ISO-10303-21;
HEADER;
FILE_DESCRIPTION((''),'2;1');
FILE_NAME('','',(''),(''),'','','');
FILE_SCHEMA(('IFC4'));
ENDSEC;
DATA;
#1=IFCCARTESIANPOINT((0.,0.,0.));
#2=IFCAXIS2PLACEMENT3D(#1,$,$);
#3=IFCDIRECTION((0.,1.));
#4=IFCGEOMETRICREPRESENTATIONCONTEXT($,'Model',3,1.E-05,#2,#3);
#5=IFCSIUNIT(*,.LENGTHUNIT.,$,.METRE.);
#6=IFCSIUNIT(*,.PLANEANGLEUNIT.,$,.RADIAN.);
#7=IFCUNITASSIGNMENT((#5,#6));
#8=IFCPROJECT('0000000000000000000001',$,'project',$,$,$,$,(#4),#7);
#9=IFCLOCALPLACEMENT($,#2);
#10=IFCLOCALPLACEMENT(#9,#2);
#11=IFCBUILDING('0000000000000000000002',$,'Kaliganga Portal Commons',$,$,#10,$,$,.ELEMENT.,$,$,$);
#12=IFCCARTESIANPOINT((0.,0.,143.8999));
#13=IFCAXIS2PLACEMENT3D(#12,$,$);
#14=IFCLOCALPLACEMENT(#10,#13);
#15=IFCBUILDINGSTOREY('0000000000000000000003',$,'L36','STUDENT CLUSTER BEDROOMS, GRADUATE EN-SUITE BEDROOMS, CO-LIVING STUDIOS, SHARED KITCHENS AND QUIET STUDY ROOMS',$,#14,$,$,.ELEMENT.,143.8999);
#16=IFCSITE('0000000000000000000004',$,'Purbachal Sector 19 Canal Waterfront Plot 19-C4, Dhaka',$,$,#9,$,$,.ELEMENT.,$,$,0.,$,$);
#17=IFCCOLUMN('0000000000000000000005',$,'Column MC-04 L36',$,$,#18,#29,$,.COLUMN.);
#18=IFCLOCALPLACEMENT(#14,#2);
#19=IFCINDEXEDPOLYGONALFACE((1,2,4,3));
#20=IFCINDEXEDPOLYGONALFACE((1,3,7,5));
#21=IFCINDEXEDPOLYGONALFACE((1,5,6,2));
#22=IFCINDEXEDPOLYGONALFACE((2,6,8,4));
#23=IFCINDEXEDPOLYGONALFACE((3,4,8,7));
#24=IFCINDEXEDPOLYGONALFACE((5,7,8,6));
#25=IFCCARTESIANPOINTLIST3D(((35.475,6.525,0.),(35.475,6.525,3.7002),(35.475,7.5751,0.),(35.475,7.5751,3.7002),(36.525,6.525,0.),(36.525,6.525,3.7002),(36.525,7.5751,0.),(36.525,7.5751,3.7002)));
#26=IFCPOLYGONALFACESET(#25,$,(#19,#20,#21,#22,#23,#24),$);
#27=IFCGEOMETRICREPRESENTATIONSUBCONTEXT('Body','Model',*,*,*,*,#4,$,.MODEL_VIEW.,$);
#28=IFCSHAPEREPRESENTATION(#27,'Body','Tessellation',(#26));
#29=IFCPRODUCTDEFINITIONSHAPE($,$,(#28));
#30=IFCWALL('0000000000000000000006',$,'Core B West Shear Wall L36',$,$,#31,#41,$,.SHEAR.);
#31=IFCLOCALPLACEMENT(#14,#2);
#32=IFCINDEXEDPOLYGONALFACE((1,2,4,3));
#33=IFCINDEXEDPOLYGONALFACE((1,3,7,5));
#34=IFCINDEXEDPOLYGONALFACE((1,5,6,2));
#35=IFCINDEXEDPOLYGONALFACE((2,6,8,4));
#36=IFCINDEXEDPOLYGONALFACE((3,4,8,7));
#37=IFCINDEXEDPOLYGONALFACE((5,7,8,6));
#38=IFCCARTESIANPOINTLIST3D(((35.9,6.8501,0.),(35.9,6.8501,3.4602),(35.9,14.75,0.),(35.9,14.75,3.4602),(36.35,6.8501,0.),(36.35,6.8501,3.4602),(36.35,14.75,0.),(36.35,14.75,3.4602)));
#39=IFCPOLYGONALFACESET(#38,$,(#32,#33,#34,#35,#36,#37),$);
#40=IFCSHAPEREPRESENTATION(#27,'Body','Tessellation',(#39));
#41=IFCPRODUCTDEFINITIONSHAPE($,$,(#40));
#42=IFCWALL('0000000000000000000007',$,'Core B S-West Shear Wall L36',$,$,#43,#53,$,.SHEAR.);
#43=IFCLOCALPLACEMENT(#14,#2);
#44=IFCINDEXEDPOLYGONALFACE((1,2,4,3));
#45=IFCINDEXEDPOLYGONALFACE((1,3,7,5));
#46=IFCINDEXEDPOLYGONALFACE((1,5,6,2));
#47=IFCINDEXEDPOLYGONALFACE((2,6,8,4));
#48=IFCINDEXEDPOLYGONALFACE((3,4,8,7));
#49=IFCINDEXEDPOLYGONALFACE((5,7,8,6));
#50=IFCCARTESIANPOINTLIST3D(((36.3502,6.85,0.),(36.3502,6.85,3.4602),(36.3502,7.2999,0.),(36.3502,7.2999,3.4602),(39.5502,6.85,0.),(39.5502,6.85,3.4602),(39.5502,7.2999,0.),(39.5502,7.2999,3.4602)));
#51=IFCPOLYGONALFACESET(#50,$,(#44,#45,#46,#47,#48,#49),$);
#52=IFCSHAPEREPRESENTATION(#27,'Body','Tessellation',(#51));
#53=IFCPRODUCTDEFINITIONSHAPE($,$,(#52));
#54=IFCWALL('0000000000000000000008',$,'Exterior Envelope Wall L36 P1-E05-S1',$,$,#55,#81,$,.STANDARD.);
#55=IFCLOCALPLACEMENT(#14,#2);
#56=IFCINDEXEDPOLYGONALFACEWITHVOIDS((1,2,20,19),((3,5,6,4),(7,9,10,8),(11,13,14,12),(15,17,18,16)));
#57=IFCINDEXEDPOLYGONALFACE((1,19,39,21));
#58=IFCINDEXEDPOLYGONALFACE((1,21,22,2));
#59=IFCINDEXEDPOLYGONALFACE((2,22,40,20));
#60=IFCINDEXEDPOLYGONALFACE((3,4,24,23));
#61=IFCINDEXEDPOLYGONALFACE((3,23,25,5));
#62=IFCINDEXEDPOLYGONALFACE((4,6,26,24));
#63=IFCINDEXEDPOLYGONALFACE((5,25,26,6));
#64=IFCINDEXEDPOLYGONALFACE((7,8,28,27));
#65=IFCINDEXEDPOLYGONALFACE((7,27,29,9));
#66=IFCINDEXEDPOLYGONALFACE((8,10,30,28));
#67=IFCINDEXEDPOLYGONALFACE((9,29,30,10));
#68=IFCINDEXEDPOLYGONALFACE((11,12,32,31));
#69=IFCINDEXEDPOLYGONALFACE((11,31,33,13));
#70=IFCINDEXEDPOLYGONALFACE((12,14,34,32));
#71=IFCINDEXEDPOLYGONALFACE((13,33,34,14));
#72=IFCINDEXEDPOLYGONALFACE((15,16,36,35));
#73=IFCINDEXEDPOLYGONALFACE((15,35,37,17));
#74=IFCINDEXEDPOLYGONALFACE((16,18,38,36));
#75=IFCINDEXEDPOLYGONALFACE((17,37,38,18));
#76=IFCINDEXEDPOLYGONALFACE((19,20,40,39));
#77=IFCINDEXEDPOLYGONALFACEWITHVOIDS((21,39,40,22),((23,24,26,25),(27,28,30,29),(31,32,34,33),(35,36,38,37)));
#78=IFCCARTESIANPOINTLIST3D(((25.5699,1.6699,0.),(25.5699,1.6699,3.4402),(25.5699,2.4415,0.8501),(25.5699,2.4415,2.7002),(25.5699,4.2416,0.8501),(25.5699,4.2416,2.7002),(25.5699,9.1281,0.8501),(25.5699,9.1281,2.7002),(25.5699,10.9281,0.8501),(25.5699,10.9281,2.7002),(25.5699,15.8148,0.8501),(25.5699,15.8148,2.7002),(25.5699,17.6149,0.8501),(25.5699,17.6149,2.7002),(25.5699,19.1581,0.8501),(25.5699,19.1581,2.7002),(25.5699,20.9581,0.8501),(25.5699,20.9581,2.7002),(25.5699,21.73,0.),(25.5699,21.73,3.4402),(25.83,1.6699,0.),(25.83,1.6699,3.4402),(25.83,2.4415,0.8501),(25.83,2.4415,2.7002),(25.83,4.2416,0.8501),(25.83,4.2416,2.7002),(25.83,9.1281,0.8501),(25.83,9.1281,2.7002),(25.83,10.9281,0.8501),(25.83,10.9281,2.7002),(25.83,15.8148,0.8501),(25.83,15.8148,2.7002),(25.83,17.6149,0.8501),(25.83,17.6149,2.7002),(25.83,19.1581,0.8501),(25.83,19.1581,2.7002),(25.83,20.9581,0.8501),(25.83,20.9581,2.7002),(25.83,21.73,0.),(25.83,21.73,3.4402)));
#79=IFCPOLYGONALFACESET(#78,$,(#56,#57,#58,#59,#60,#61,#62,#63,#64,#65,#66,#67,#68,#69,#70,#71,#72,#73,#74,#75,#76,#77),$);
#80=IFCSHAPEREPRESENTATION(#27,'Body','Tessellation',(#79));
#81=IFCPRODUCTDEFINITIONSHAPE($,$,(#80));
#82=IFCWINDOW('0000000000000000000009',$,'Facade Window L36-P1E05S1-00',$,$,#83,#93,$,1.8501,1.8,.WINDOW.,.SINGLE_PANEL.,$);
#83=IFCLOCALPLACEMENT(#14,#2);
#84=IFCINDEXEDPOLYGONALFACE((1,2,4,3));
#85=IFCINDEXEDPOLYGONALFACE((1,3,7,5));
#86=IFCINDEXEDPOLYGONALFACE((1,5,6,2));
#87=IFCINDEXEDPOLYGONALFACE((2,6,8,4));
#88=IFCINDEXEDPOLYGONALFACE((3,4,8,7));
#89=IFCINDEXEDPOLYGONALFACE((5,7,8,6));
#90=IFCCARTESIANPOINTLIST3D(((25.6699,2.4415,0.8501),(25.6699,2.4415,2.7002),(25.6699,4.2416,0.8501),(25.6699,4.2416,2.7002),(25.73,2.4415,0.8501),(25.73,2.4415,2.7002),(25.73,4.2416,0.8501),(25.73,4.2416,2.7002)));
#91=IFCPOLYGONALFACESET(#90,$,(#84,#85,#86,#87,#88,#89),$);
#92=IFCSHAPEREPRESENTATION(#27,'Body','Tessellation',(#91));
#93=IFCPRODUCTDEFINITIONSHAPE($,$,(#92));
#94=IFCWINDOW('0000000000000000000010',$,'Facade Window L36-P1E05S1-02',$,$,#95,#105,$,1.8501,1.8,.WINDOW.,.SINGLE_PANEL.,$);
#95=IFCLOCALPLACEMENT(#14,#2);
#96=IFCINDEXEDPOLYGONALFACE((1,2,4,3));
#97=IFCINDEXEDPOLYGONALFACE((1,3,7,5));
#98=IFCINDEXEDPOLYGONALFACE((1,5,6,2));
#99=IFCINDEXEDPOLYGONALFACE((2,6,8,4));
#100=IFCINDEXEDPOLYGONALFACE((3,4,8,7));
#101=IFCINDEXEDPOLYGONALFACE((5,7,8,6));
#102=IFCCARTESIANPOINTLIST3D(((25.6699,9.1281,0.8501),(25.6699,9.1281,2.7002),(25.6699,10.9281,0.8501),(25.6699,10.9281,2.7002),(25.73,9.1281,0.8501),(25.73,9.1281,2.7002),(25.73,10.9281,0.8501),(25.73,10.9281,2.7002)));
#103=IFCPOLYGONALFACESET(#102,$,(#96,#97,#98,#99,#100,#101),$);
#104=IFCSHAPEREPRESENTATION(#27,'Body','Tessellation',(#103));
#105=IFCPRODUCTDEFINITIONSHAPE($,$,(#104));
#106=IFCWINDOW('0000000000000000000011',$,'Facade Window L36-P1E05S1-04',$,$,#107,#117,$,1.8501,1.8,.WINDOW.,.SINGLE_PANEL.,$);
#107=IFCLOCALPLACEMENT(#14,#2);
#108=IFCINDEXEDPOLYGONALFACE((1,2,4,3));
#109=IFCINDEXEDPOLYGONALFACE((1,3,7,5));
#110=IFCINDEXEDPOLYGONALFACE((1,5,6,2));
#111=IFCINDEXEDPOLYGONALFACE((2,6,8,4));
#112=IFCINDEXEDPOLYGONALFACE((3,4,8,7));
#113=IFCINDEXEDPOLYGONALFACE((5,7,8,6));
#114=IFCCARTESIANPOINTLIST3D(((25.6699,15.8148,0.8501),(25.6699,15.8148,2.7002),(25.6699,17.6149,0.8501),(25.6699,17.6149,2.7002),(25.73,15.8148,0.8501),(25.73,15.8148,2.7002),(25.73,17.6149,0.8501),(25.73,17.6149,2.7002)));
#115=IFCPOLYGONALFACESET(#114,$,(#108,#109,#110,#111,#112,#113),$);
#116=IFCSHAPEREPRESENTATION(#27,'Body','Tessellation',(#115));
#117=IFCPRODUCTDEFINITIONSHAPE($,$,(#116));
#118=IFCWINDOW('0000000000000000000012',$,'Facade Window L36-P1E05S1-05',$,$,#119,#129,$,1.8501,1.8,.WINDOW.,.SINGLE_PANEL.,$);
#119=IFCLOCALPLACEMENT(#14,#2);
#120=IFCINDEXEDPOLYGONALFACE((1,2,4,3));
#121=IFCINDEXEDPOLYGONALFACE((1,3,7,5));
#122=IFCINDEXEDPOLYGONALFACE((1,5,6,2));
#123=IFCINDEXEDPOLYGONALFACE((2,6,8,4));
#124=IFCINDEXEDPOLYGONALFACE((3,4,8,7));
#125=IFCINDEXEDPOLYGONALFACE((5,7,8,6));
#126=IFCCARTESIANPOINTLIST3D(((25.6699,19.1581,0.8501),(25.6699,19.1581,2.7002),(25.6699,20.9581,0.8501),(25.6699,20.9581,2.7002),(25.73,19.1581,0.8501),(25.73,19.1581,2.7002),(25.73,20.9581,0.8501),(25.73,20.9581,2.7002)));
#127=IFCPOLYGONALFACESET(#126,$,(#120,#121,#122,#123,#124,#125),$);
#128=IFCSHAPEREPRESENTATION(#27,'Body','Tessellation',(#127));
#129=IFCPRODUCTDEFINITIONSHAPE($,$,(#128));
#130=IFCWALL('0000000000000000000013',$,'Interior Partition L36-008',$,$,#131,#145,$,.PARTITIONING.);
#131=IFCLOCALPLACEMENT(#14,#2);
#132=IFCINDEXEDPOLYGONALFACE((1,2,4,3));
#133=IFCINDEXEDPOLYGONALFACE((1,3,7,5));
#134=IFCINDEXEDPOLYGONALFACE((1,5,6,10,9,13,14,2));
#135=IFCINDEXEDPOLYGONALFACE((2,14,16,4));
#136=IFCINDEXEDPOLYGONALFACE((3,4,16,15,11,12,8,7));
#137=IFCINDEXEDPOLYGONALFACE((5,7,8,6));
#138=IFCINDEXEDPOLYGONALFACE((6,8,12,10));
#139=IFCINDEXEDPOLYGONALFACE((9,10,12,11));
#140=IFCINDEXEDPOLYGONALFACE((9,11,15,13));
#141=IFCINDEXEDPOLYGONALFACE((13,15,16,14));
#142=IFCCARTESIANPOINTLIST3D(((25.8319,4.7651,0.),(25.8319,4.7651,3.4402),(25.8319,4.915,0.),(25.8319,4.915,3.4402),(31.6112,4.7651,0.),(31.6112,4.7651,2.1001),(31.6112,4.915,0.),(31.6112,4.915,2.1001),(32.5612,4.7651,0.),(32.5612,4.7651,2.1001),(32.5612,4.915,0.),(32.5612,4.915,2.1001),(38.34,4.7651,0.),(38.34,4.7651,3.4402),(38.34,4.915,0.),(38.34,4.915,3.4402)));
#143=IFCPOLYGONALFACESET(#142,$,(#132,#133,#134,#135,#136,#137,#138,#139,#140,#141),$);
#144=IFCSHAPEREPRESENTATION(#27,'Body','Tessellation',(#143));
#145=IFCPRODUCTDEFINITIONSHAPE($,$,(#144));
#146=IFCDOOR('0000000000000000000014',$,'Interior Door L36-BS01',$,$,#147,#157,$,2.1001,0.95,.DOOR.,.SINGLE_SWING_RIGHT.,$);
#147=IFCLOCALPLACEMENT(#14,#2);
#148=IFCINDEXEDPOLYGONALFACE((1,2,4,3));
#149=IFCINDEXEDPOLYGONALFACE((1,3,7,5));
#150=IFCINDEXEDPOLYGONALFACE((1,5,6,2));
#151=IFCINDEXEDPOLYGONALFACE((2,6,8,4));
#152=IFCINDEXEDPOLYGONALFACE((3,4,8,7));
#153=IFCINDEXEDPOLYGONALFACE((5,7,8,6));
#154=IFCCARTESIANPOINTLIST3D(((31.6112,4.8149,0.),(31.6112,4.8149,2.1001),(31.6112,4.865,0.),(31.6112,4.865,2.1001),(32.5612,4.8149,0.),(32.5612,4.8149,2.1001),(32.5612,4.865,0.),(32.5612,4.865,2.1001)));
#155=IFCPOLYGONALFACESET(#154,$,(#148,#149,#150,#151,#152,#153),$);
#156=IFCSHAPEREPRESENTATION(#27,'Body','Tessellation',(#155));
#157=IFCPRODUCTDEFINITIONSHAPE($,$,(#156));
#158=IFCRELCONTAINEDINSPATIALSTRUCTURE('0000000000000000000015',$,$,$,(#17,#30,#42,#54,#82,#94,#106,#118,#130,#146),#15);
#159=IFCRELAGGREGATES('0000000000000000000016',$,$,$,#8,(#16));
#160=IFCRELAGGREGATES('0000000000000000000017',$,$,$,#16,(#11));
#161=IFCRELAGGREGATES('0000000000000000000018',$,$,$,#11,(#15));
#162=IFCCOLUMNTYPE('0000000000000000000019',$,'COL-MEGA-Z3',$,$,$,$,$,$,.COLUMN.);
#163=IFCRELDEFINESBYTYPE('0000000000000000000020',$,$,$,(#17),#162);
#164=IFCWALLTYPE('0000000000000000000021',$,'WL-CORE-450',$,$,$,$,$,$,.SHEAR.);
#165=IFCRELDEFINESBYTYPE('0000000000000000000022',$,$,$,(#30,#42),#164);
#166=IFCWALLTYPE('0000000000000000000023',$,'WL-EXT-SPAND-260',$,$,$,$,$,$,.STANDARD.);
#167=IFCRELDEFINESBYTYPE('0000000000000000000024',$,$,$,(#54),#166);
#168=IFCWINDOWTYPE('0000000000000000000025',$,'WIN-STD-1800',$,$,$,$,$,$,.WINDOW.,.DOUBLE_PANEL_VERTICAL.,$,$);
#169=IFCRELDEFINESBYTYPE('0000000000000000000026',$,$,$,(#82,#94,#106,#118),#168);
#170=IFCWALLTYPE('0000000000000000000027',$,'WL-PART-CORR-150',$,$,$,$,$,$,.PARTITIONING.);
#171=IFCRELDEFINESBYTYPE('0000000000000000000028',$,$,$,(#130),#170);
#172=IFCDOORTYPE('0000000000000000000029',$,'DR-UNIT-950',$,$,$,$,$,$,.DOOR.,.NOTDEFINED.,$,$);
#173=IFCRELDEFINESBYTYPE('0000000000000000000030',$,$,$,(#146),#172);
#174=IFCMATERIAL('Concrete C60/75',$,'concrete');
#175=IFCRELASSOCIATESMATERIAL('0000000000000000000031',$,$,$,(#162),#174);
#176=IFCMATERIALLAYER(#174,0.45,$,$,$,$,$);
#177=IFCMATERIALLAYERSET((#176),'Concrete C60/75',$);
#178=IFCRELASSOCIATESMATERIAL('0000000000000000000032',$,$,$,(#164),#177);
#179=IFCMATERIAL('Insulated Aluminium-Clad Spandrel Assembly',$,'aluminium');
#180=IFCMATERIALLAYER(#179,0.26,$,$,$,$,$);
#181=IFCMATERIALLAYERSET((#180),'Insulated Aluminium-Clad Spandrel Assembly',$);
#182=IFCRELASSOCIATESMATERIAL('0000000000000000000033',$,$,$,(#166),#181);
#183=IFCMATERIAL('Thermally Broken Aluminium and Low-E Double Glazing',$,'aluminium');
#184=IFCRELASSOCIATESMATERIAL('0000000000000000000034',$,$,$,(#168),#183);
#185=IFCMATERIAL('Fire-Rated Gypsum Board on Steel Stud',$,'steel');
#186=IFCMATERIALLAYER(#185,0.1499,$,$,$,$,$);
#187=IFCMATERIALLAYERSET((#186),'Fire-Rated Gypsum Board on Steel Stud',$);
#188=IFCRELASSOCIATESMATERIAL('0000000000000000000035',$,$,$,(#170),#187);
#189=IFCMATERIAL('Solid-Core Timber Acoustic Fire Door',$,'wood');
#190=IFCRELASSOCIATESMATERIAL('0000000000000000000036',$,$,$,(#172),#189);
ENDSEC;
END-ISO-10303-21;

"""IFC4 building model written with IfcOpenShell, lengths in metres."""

from ifc_helpers import new_model, si_unit, direction, frame, frame_2d, origin, origin_2d, place, context, subcontext, project, spatial, rectangle, extrude, source, transform, mapped, material, layer, layer_set, material_profile, profile_set, type_object, element, fill, save


model = new_model("IFC4")

# Units and contexts
model_context = context("Model", 3, precision=1e-05, world=origin(), true_north=direction((0.0, 1.0)))
body_context = subcontext(model_context, "Body", "Model", "MODEL_VIEW")
ifc_project = project(units=[si_unit("LENGTHUNIT", "METRE"), si_unit("PLANEANGLEUNIT", "RADIAN")], contexts=[model_context])

# Site, building, storey
site_placement = place(None, origin())
site = spatial("IfcSite", under=ifc_project, at=site_placement, Name="Purbachal Sector 19 Canal Waterfront Plot 19-C4, Dhaka", CompositionType="ELEMENT", RefElevation=0.0)
building_placement = place(site_placement, origin())
building = spatial("IfcBuilding", under=site, at=building_placement, Name="Kaliganga Portal Commons", CompositionType="ELEMENT")
storey_placement = place(building_placement, frame((0.0, 0.0, 143.8999)))
storey = spatial("IfcBuildingStorey", under=building, at=storey_placement, Name="L36", Description="STUDENT CLUSTER BEDROOMS, GRADUATE EN-SUITE BEDROOMS, CO-LIVING STUDIOS, SHARED KITCHENS AND QUIET STUDY ROOMS", CompositionType="ELEMENT", Elevation=143.8999)

# Column
ifc_material_1 = material(Name="Concrete C60/75", Category="concrete")
ifc_material_profile = material_profile(ifc_material_1, rectangle(XDim=1.05, YDim=1.05, at=origin_2d()), Name="RC 1050x1050")
ifc_profile_set = profile_set([ifc_material_profile], Name="Concrete C60/75")
column_type = type_object("IfcColumnType", Name="COL-MEGA-Z3", PredefinedType="COLUMN", material=ifc_profile_set)
shared_shape = source(origin(), body_context, "Body", "SweptSolid", [
    extrude(rectangle(XDim=1.05, YDim=1.05, at=origin_2d()), origin(), (0.0, 0.0, 1.0), 3.7002),
])
column_placement = place(storey_placement, frame((36.0, 7.05, 0.0), z_axis=(0.0, 0.0, 1.0), x_axis=(1.0, 0.0, 0.0)))
element("IfcColumn", 1, at=column_placement, inside=storey, type_object=column_type, Name="Column MC-04 L36", PredefinedType="COLUMN", context=body_context, shape_type="MappedRepresentation", body=[
    mapped(shared_shape, transform((0.0, 0.0, 0.0), x_axis=(1.0, 0.0, 0.0), y_axis=(0.0, 1.0, 0.0), z_axis=(0.0, 0.0, 1.0), scale=1.0)),
])

# Walls
ifc_layer_1 = layer(ifc_material_1, 0.45)
ifc_layer_set_1 = layer_set([ifc_layer_1], Name="Concrete C60/75")
wall_type_1 = type_object("IfcWallType", Name="WL-CORE-450", PredefinedType="SHEAR", material=ifc_layer_set_1)
wall_1_placement = place(storey_placement, frame((36.125, 6.8501, 0.0), z_axis=(0.0, 0.0, 1.0), x_axis=(0.0, 1.0, 0.0)))
element("IfcWall", 2, at=wall_1_placement, inside=storey, type_object=wall_type_1, Name="Core B West Shear Wall L36", PredefinedType="SHEAR", context=body_context, shape_type="SweptSolid", body=[
    extrude(rectangle(XDim=7.8999, YDim=0.45, at=frame_2d((3.95, 0.0))), origin(), (0.0, 0.0, 1.0), 3.4602),
])
wall_2_placement = place(storey_placement, frame((36.3501, 7.075, 0.0), z_axis=(0.0, 0.0, 1.0), x_axis=(1.0, 0.0, 0.0)))
element("IfcWall", 3, at=wall_2_placement, inside=storey, type_object=wall_type_1, Name="Core B S-West Shear Wall L36", PredefinedType="SHEAR", context=body_context, shape_type="SweptSolid", body=[
    extrude(rectangle(XDim=3.2, YDim=0.45, at=frame_2d((1.6001, 0.0))), origin(), (0.0, 0.0, 1.0), 3.4602),
])

# Wall, openings, windows
ifc_material_2 = material(Name="Insulated Aluminium-Clad Spandrel Assembly", Category="aluminium")
ifc_layer_2 = layer(ifc_material_2, 0.26)
ifc_layer_set_2 = layer_set([ifc_layer_2], Name="Insulated Aluminium-Clad Spandrel Assembly")
wall_type_2 = type_object("IfcWallType", Name="WL-EXT-SPAND-260", PredefinedType="STANDARD", material=ifc_layer_set_2)
wall_3_placement = place(storey_placement, frame((25.7, 1.6699, 0.0), z_axis=(0.0, 0.0, 1.0), x_axis=(0.0, 1.0, 0.0)))
wall_3 = element("IfcWall", 4, at=wall_3_placement, inside=storey, type_object=wall_type_2, Name="Exterior Envelope Wall L36 P1-E05-S1", PredefinedType="STANDARD", context=body_context, shape_type="SweptSolid", body=[
    extrude(rectangle(XDim=20.0601, YDim=0.26, at=frame_2d((10.03, 0.0))), origin(), (0.0, 0.0, 1.0), 3.4402),
])
opening_1_placement = place(wall_3_placement, frame((0.7717, 0.0, 0.8501)))
opening_1 = element("IfcOpeningElement", 5, at=opening_1_placement, cuts=wall_3, PredefinedType="OPENING", context=body_context, shape_type="SweptSolid", body=[
    extrude(rectangle(XDim=1.8, YDim=1.8501, at=frame_2d((0.8999, 0.925))), frame((0.0, 0.1401, 0.0), z_axis=(0.0, -1.0, 0.0), x_axis=(1.0, 0.0, 0.0)), (0.0, 0.0, 1.0), 0.28),
])
opening_2_placement = place(wall_3_placement, frame((7.4583, 0.0, 0.8501)))
opening_2 = element("IfcOpeningElement", 6, at=opening_2_placement, cuts=wall_3, PredefinedType="OPENING", context=body_context, shape_type="SweptSolid", body=[
    extrude(rectangle(XDim=1.8, YDim=1.8501, at=frame_2d((0.8999, 0.925))), frame((0.0, 0.1401, 0.0), z_axis=(0.0, -1.0, 0.0), x_axis=(1.0, 0.0, 0.0)), (0.0, 0.0, 1.0), 0.28),
])
opening_3_placement = place(wall_3_placement, frame((14.145, 0.0, 0.8501)))
opening_3 = element("IfcOpeningElement", 7, at=opening_3_placement, cuts=wall_3, PredefinedType="OPENING", context=body_context, shape_type="SweptSolid", body=[
    extrude(rectangle(XDim=1.8, YDim=1.8501, at=frame_2d((0.8999, 0.925))), frame((0.0, 0.1401, 0.0), z_axis=(0.0, -1.0, 0.0), x_axis=(1.0, 0.0, 0.0)), (0.0, 0.0, 1.0), 0.28),
])
opening_4_placement = place(wall_3_placement, frame((17.4883, 0.0, 0.8501)))
opening_4 = element("IfcOpeningElement", 8, at=opening_4_placement, cuts=wall_3, PredefinedType="OPENING", context=body_context, shape_type="SweptSolid", body=[
    extrude(rectangle(XDim=1.8, YDim=1.8501, at=frame_2d((0.8999, 0.925))), frame((0.0, 0.1401, 0.0), z_axis=(0.0, -1.0, 0.0), x_axis=(1.0, 0.0, 0.0)), (0.0, 0.0, 1.0), 0.28),
])
ifc_material_3 = material(Name="Thermally Broken Aluminium and Low-E Double Glazing", Category="aluminium")
window_type = type_object("IfcWindowType", Name="WIN-STD-1800", PartitioningType="DOUBLE_PANEL_VERTICAL", PredefinedType="WINDOW", material=ifc_material_3)
window_1_placement = place(opening_1_placement, origin())
window_1 = element("IfcWindow", 9, at=window_1_placement, inside=storey, type_object=window_type, Name="Facade Window L36-P1E05S1-00", OverallHeight=1.8501, OverallWidth=1.8, PartitioningType="SINGLE_PANEL", PredefinedType="WINDOW", context=body_context, shape_type="SweptSolid", body=[
    extrude(rectangle(XDim=1.8, YDim=1.8501, at=frame_2d((0.8999, 0.925))), frame((0.0, 0.03, 0.0), z_axis=(0.0, -1.0, 0.0), x_axis=(1.0, 0.0, 0.0)), (0.0, 0.0, 1.0), 0.0601),
])
fill(opening_1, window_1)
window_2_placement = place(opening_2_placement, origin())
window_2 = element("IfcWindow", 10, at=window_2_placement, inside=storey, type_object=window_type, Name="Facade Window L36-P1E05S1-02", OverallHeight=1.8501, OverallWidth=1.8, PartitioningType="SINGLE_PANEL", PredefinedType="WINDOW", context=body_context, shape_type="SweptSolid", body=[
    extrude(rectangle(XDim=1.8, YDim=1.8501, at=frame_2d((0.8999, 0.925))), frame((0.0, 0.03, 0.0), z_axis=(0.0, -1.0, 0.0), x_axis=(1.0, 0.0, 0.0)), (0.0, 0.0, 1.0), 0.0601),
])
fill(opening_2, window_2)
window_3_placement = place(opening_3_placement, origin())
window_3 = element("IfcWindow", 11, at=window_3_placement, inside=storey, type_object=window_type, Name="Facade Window L36-P1E05S1-04", OverallHeight=1.8501, OverallWidth=1.8, PartitioningType="SINGLE_PANEL", PredefinedType="WINDOW", context=body_context, shape_type="SweptSolid", body=[
    extrude(rectangle(XDim=1.8, YDim=1.8501, at=frame_2d((0.8999, 0.925))), frame((0.0, 0.03, 0.0), z_axis=(0.0, -1.0, 0.0), x_axis=(1.0, 0.0, 0.0)), (0.0, 0.0, 1.0), 0.0601),
])
fill(opening_3, window_3)
window_4_placement = place(opening_4_placement, origin())
window_4 = element("IfcWindow", 12, at=window_4_placement, inside=storey, type_object=window_type, Name="Facade Window L36-P1E05S1-05", OverallHeight=1.8501, OverallWidth=1.8, PartitioningType="SINGLE_PANEL", PredefinedType="WINDOW", context=body_context, shape_type="SweptSolid", body=[
    extrude(rectangle(XDim=1.8, YDim=1.8501, at=frame_2d((0.8999, 0.925))), frame((0.0, 0.03, 0.0), z_axis=(0.0, -1.0, 0.0), x_axis=(1.0, 0.0, 0.0)), (0.0, 0.0, 1.0), 0.0601),
])
fill(opening_4, window_4)

# Wall, opening, door
ifc_material_4 = material(Name="Fire-Rated Gypsum Board on Steel Stud", Category="steel")
ifc_layer_3 = layer(ifc_material_4, 0.1499)
ifc_layer_set_3 = layer_set([ifc_layer_3], Name="Fire-Rated Gypsum Board on Steel Stud")
wall_type_3 = type_object("IfcWallType", Name="WL-PART-CORR-150", PredefinedType="PARTITIONING", material=ifc_layer_set_3)
wall_4_placement = place(storey_placement, frame((25.832, 4.8401, 0.0), z_axis=(0.0, 0.0, 1.0), x_axis=(1.0, 0.0, 0.0)))
wall_4 = element("IfcWall", 13, at=wall_4_placement, inside=storey, type_object=wall_type_3, Name="Interior Partition L36-008", PredefinedType="PARTITIONING", context=body_context, shape_type="SweptSolid", body=[
    extrude(rectangle(XDim=12.5081, YDim=0.1499, at=frame_2d((6.2539, 0.0))), origin(), (0.0, 0.0, 1.0), 3.4402),
])
opening_5_placement = place(wall_4_placement, frame((5.7791, 0.0, 0.0)))
opening_5 = element("IfcOpeningElement", 14, at=opening_5_placement, cuts=wall_4, PredefinedType="OPENING", context=body_context, shape_type="SweptSolid", body=[
    extrude(rectangle(XDim=0.95, YDim=2.1001, at=frame_2d((0.4751, 1.05))), frame((0.0, 0.085, 0.0), z_axis=(0.0, -1.0, 0.0), x_axis=(1.0, 0.0, 0.0)), (0.0, 0.0, 1.0), 0.1699),
])
ifc_material_5 = material(Name="Solid-Core Timber Acoustic Fire Door", Category="wood")
door_type_1 = type_object("IfcDoorType", Name="DR-UNIT-950", OperationType="NOTDEFINED", PredefinedType="DOOR", material=ifc_material_5)
door_1_placement = place(opening_5_placement, origin())
door_1 = element("IfcDoor", 15, at=door_1_placement, inside=storey, type_object=door_type_1, Name="Interior Door L36-BS01", OperationType="SINGLE_SWING_RIGHT", OverallHeight=2.1001, OverallWidth=0.95, PredefinedType="DOOR", context=body_context, shape_type="SweptSolid", body=[
    extrude(rectangle(XDim=0.95, YDim=2.1001, at=frame_2d((0.4751, 1.05))), frame((0.0, 0.0249, 0.0), z_axis=(0.0, -1.0, 0.0), x_axis=(1.0, 0.0, 0.0)), (0.0, 0.0, 1.0), 0.05),
])
fill(opening_5, door_1)

save(model, "model.ifc")
